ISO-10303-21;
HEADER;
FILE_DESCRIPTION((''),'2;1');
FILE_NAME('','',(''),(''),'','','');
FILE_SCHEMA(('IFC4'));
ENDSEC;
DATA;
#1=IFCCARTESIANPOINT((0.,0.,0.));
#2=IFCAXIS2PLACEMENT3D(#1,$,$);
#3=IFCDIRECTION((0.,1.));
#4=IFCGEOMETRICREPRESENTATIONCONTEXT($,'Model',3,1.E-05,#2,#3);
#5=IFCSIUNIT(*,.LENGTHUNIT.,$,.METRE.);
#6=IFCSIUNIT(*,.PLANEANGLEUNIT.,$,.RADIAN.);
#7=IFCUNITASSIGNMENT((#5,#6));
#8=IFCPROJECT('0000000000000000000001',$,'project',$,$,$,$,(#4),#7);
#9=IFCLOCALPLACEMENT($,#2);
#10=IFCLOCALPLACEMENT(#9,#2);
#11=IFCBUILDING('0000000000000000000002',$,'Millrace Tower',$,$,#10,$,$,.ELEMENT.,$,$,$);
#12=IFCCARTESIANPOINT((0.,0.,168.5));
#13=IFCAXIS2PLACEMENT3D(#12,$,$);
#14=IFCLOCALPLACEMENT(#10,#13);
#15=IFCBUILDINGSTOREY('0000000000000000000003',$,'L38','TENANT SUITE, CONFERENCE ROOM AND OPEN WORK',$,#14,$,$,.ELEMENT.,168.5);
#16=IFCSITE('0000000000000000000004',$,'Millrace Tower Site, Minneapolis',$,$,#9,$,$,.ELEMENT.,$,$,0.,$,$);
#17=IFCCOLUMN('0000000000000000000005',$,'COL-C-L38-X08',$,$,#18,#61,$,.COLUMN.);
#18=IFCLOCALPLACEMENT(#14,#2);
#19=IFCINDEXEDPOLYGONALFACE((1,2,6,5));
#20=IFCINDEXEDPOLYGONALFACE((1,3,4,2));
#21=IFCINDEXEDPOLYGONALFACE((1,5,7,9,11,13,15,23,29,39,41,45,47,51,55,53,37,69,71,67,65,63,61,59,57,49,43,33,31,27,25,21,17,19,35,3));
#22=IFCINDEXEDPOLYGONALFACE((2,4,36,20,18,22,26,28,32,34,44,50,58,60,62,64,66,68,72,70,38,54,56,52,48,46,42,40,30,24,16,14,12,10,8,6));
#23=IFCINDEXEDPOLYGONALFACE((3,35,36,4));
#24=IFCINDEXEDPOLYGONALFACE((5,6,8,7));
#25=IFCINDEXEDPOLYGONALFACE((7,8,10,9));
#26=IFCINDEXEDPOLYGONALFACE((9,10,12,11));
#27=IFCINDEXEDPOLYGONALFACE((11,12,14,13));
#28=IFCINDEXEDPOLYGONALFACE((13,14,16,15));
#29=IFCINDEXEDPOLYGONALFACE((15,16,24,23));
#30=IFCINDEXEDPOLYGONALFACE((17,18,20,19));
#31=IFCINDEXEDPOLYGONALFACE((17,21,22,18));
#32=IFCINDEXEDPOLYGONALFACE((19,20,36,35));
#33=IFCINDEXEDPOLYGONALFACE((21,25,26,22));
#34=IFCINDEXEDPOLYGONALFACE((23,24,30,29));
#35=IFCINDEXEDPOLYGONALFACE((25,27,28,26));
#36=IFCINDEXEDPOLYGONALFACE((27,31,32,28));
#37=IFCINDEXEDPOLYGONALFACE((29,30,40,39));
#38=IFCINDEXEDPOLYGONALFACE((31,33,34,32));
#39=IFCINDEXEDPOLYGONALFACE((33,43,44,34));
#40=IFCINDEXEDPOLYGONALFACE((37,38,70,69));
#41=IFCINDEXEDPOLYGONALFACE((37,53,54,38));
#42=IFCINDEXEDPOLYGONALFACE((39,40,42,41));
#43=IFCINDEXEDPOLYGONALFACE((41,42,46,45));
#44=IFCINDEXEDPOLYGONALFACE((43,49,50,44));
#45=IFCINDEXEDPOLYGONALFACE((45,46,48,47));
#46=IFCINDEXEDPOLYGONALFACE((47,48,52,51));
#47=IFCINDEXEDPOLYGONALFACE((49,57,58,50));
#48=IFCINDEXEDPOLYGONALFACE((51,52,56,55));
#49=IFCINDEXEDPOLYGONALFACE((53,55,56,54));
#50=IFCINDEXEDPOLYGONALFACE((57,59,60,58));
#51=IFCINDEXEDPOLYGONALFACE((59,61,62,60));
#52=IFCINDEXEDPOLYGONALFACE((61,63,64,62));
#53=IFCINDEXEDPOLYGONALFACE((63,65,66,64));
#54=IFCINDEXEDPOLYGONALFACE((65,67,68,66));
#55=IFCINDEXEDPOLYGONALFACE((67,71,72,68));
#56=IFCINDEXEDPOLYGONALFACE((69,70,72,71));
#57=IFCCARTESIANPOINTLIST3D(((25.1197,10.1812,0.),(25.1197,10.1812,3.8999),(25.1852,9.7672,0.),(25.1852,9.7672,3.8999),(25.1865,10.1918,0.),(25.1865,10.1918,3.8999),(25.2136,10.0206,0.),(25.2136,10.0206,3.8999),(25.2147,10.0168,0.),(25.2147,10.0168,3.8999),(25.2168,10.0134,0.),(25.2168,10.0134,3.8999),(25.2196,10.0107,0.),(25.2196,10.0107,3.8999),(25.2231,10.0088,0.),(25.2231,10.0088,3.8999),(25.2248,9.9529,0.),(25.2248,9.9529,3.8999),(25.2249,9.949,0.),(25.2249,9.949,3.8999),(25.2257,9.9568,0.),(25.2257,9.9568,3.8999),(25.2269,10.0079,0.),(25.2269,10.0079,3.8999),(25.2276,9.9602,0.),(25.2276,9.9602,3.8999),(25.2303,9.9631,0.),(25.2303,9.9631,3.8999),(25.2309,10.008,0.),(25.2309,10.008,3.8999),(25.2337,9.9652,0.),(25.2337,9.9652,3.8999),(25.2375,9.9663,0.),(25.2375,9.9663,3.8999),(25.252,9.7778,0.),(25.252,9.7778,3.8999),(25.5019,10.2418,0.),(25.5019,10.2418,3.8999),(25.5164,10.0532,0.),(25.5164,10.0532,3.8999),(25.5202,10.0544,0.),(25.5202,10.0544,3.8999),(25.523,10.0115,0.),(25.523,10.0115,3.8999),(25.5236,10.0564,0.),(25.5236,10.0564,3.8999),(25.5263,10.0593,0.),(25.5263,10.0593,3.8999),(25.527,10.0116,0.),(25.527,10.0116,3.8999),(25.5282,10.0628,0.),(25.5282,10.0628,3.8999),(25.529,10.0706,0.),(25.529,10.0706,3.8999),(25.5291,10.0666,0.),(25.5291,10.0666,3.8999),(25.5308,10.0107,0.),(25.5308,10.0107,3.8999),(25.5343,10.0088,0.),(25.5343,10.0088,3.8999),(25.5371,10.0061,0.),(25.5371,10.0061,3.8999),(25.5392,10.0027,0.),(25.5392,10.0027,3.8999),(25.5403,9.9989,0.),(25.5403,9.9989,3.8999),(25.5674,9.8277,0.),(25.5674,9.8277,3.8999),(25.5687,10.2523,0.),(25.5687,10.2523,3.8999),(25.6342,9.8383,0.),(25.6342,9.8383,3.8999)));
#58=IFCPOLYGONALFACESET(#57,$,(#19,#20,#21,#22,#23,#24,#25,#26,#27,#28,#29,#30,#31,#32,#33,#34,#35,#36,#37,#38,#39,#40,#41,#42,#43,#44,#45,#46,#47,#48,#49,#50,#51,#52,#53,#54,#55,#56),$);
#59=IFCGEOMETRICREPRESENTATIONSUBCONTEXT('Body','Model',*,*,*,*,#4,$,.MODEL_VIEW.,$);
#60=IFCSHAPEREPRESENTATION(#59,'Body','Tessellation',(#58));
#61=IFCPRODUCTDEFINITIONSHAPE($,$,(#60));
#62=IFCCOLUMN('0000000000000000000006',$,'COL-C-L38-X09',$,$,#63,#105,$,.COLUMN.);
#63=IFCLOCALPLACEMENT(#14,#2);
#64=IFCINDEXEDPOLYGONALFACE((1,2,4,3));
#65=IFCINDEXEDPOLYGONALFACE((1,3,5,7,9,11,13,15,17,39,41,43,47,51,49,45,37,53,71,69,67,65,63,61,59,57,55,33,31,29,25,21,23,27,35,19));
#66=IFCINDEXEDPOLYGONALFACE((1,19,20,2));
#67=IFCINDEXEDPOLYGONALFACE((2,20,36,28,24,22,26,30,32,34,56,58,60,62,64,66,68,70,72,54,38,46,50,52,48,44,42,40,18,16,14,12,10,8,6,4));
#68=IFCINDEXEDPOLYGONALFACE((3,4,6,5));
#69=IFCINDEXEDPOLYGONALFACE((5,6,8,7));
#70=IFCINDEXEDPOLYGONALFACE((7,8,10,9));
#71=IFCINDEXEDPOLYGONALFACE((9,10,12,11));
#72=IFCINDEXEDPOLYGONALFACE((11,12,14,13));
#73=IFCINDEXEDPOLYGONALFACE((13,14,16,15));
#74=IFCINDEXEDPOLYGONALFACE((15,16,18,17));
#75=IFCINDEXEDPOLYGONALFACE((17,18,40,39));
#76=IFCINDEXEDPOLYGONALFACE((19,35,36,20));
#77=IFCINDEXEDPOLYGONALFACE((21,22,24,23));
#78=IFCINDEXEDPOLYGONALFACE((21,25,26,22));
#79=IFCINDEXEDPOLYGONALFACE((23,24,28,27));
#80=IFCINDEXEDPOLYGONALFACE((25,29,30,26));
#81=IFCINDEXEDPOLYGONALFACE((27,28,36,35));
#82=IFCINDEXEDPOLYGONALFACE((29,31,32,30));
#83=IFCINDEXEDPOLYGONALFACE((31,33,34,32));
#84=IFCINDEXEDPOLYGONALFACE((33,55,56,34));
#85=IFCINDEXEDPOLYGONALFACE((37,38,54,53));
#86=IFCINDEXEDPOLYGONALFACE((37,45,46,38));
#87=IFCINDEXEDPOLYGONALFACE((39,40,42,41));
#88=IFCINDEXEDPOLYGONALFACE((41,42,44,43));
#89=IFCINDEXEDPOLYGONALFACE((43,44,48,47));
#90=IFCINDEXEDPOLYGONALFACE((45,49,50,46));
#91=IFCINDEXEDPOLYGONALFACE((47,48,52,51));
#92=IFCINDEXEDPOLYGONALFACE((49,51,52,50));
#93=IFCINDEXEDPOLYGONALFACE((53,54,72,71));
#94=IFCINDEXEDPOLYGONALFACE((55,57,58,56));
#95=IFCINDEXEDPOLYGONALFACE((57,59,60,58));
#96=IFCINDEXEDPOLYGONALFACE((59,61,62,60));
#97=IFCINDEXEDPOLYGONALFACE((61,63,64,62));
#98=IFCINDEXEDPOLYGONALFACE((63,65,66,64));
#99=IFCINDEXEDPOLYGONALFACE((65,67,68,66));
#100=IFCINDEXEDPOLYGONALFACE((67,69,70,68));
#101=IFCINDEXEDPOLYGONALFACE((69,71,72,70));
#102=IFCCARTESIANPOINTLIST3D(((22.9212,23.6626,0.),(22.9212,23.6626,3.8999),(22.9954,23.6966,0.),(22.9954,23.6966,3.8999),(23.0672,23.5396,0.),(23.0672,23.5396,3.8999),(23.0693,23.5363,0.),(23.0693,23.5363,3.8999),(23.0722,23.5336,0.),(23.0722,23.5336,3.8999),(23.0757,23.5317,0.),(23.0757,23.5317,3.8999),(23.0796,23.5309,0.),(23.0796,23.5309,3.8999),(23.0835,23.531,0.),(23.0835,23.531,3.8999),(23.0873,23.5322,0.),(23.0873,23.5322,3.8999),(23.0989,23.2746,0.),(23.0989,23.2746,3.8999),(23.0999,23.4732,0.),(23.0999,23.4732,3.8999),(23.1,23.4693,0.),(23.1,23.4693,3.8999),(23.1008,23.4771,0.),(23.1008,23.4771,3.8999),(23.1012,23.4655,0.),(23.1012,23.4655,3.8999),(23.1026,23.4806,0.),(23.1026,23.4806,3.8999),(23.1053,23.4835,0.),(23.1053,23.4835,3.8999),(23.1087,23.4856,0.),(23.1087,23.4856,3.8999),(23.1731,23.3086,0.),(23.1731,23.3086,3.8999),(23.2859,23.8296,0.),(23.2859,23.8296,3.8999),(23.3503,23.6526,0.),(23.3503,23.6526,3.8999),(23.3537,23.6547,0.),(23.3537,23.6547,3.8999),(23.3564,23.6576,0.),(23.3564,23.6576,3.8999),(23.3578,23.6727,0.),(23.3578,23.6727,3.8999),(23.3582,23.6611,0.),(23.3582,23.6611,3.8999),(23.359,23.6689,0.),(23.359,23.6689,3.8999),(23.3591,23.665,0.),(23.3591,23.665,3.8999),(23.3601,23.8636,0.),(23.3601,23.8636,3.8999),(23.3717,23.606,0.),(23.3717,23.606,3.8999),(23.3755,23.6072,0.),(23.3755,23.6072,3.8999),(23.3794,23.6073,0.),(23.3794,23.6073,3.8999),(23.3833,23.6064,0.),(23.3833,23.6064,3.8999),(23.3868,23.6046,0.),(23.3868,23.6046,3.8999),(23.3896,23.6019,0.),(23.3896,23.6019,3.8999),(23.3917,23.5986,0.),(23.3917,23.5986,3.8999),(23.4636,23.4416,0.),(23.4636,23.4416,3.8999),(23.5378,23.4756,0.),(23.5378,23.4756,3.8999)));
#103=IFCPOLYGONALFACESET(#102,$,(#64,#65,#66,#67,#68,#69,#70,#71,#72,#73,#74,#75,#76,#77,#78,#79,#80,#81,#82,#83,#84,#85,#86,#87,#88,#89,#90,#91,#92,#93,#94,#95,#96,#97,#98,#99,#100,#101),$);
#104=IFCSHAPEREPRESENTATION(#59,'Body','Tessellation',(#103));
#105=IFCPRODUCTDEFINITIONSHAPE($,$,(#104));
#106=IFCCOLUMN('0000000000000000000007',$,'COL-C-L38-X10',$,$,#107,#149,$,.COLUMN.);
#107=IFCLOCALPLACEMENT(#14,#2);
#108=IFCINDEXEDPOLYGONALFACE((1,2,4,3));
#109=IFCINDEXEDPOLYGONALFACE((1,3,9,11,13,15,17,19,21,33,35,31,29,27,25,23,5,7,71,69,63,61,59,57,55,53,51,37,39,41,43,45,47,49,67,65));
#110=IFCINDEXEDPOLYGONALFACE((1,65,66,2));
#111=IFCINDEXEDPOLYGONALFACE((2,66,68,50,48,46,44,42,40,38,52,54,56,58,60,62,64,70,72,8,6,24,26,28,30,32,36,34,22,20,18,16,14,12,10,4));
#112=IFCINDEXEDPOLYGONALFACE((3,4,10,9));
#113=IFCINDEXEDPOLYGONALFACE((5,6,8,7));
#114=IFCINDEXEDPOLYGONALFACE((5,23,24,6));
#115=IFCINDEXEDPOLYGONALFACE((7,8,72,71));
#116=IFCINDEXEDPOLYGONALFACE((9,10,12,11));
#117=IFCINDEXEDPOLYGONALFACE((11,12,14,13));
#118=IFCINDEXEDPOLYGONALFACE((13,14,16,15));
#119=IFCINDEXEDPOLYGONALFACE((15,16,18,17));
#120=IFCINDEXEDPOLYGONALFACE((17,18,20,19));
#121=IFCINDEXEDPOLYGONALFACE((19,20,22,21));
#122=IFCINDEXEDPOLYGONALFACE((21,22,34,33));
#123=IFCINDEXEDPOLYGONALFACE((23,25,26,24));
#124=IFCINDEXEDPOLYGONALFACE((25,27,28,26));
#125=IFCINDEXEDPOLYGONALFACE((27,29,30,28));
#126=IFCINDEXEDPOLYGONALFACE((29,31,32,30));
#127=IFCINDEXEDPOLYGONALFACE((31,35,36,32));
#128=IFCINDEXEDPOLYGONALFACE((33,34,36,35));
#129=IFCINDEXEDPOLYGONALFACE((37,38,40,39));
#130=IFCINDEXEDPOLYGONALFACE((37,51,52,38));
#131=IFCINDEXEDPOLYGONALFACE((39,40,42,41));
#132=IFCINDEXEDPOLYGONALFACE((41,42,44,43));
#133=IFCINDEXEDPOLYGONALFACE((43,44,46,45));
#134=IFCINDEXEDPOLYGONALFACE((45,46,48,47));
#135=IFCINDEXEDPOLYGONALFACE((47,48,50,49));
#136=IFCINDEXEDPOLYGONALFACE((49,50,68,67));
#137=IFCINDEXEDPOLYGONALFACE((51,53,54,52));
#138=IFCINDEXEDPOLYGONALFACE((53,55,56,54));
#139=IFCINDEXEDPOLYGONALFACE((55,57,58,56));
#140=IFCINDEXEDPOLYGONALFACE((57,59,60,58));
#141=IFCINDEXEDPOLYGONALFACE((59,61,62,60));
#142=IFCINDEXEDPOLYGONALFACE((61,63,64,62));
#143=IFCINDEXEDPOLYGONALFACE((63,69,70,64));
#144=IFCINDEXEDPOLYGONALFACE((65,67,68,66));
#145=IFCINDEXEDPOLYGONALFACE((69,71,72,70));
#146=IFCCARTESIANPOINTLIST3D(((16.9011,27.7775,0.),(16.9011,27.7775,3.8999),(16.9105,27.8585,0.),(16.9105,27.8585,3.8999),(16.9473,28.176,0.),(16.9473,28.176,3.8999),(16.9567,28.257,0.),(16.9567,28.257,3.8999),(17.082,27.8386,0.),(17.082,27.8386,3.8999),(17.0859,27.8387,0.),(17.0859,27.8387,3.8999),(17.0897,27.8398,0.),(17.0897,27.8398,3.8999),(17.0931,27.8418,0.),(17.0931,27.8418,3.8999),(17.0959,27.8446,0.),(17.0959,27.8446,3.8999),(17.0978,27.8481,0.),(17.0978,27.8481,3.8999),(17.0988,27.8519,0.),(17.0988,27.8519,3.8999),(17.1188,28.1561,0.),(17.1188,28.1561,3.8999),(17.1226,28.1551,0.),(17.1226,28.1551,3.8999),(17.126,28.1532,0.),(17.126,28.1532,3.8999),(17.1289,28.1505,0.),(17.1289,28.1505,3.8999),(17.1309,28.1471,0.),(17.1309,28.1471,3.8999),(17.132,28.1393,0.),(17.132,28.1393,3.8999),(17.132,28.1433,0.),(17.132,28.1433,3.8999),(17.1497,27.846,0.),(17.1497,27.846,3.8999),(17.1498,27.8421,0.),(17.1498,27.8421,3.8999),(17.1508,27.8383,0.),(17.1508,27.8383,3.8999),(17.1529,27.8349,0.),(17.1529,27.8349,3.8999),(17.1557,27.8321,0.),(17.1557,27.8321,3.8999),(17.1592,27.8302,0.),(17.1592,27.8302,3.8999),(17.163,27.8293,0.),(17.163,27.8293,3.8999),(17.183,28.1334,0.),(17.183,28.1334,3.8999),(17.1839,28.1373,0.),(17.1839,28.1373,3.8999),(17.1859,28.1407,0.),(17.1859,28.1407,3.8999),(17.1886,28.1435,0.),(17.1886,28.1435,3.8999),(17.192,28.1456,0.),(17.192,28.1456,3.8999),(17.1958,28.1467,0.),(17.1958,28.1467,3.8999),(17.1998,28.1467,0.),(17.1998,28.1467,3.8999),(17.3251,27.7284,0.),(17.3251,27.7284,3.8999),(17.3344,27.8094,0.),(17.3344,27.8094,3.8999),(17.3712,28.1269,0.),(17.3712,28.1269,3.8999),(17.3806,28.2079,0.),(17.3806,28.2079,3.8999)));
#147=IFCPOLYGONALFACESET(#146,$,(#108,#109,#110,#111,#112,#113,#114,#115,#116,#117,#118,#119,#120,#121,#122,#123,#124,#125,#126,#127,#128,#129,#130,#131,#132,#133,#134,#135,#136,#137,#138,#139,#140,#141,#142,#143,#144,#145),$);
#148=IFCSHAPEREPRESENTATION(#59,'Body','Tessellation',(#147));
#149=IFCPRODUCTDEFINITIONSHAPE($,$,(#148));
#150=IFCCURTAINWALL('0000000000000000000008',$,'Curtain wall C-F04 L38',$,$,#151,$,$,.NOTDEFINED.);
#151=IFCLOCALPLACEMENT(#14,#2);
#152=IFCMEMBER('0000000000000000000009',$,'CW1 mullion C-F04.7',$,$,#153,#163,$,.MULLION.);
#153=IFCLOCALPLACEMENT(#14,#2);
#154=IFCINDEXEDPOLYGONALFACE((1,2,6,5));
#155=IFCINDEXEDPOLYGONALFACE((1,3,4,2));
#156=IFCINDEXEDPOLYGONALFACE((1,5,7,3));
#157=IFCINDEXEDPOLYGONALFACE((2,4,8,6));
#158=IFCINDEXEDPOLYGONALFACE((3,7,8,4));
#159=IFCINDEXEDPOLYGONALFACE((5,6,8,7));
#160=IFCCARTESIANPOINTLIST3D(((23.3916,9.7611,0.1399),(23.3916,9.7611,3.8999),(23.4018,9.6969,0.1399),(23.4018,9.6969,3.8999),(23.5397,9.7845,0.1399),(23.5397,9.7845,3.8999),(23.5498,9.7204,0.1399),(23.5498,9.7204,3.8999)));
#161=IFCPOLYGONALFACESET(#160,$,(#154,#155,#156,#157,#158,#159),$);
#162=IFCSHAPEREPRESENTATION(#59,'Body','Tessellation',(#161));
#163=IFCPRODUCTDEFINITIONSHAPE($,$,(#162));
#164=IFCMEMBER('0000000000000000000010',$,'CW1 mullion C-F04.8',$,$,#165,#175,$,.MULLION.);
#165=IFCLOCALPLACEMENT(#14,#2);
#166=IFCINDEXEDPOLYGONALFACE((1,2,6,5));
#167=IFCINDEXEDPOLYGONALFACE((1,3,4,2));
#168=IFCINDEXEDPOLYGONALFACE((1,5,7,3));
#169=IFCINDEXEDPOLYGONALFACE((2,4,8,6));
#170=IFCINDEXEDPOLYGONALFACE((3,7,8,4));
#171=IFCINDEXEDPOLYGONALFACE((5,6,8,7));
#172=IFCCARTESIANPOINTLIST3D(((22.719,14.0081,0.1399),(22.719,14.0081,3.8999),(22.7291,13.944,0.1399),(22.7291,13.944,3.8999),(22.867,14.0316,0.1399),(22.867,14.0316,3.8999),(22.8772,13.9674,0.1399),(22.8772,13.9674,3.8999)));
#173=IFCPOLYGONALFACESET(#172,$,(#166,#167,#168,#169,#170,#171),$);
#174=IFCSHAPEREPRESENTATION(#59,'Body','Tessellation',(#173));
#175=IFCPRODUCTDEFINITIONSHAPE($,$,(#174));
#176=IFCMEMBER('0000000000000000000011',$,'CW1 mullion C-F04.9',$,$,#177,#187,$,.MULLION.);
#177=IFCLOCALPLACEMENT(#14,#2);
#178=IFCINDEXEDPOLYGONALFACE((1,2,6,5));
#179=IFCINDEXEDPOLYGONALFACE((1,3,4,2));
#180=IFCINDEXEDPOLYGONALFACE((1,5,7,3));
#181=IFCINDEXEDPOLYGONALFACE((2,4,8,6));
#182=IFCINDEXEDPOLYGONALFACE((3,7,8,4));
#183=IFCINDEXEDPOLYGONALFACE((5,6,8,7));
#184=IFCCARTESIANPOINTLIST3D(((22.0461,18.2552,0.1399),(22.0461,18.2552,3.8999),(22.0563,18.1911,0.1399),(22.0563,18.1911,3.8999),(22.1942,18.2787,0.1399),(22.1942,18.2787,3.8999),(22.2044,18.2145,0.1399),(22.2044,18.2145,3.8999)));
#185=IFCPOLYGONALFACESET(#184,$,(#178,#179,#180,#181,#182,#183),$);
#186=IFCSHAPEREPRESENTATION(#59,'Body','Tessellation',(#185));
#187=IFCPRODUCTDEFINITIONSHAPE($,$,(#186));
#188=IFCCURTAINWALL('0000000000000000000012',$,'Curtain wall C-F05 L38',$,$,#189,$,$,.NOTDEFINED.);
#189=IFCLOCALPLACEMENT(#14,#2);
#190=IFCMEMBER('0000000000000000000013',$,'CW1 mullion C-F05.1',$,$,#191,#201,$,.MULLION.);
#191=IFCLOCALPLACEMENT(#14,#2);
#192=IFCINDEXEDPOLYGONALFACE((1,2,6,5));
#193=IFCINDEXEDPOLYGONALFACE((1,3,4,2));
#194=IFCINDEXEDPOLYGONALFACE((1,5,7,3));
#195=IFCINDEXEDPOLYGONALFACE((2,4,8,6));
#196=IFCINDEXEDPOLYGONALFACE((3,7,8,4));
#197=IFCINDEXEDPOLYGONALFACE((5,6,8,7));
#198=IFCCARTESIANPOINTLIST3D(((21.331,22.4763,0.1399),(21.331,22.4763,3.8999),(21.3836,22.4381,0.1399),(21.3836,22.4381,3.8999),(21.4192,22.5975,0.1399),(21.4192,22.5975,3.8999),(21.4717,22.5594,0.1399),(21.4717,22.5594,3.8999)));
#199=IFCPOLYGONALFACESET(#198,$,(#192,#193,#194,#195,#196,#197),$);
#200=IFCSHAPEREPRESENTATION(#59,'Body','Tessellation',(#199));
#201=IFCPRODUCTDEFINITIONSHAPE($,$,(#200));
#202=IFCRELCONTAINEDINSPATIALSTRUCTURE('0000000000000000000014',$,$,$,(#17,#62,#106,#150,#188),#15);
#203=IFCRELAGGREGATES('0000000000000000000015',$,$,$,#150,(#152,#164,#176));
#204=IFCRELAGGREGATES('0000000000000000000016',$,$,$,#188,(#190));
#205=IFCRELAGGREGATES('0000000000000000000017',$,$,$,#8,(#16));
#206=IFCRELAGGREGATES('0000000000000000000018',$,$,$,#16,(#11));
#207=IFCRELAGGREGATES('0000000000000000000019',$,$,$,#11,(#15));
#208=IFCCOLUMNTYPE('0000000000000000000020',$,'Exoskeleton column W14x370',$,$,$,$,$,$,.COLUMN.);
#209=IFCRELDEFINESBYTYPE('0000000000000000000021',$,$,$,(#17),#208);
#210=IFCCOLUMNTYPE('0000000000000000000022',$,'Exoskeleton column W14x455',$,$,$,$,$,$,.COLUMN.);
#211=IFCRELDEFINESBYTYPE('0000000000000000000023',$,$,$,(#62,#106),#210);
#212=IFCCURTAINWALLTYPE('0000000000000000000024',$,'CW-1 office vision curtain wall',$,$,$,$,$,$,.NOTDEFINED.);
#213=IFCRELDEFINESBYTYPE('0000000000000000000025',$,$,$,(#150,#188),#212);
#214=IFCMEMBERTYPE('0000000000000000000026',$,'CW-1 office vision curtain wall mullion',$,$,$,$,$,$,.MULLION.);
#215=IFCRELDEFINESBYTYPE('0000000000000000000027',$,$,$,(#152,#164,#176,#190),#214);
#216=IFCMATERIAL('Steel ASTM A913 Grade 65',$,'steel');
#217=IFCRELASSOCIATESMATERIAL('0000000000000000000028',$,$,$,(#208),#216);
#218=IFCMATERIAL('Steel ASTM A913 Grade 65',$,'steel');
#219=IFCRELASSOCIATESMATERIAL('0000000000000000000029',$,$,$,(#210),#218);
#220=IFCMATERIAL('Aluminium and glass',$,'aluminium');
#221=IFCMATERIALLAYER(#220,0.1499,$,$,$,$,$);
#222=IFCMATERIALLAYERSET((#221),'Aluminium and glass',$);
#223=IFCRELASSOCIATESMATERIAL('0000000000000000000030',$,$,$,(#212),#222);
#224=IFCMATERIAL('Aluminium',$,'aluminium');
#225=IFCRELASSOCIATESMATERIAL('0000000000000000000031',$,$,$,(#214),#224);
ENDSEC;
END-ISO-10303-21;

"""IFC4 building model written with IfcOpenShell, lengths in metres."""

from ifc_helpers import new_model, si_unit, direction, frame, origin, origin_2d, place, context, subcontext, project, spatial, rectangle, i_section, extrude, material, layer, layer_set, material_profile, profile_set, type_object, element, aggregate, save


model = new_model("IFC4")

# Units and contexts
model_context = context("Model", 3, precision=1e-05, world=origin(), true_north=direction((0.0, 1.0)))
body_context = subcontext(model_context, "Body", "Model", "MODEL_VIEW")
ifc_project = project(units=[si_unit("LENGTHUNIT", "METRE"), si_unit("PLANEANGLEUNIT", "RADIAN")], contexts=[model_context])

# Site, building, storey
site_placement = place(None, origin())
site = spatial("IfcSite", under=ifc_project, at=site_placement, Name="Millrace Tower Site, Minneapolis", CompositionType="ELEMENT", RefElevation=0.0)
building_placement = place(site_placement, origin())
building = spatial("IfcBuilding", under=site, at=building_placement, Name="Millrace Tower", CompositionType="ELEMENT")
storey_placement = place(building_placement, frame((0.0, 0.0, 168.5)))
storey = spatial("IfcBuildingStorey", under=building, at=storey_placement, Name="L38", Description="TENANT SUITE, CONFERENCE ROOM AND OPEN WORK", CompositionType="ELEMENT", Elevation=168.5)

# Columns
ifc_material_1 = material(Name="Steel ASTM A913 Grade 65", Category="steel")
ifc_material_profile_1 = material_profile(ifc_material_1, i_section(OverallWidth=0.4192, OverallDepth=0.4546, WebThickness=0.0422, FlangeThickness=0.0676, FilletRadius=0.0151, at=origin_2d()))
ifc_profile_set_1 = profile_set([ifc_material_profile_1], Name="Steel ASTM A913 Grade 65")
column_type_1 = type_object("IfcColumnType", Name="Exoskeleton column W14x370", PredefinedType="COLUMN", material=ifc_profile_set_1)
column_placement = place(storey_placement, frame((25.377, 10.0098, 0.0), z_axis=(0.0, 0.0, 1.0), x_axis=(-0.156434, 0.987688, 0.0)))
element("IfcColumn", 1, at=column_placement, inside=storey, type_object=column_type_1, Name="COL-C-L38-X08", PredefinedType="COLUMN", context=body_context, shape_type="SweptSolid", body=[
    extrude(i_section(OverallWidth=0.4192, OverallDepth=0.4546, WebThickness=0.0422, FlangeThickness=0.0676, FilletRadius=0.0151, at=origin_2d()), origin(), (0.0, 0.0, 1.0), 3.8999),
])
ifc_material_2 = material(Name="Steel ASTM A913 Grade 65", Category="steel")
ifc_material_profile_2 = material_profile(ifc_material_2, i_section(OverallWidth=0.4268, OverallDepth=0.4827, WebThickness=0.0513, FlangeThickness=0.0815, FilletRadius=0.0151, at=origin_2d()))
ifc_profile_set_2 = profile_set([ifc_material_profile_2], Name="Steel ASTM A913 Grade 65")
column_type_2 = type_object("IfcColumnType", Name="Exoskeleton column W14x455", PredefinedType="COLUMN", material=ifc_profile_set_2)
for number, where, z_axis, x_axis, name in (
    (2, (23.2295, 23.5691, 0.0), (0.0, 0.0, 1.0), (-0.416401, 0.909181, 0.0), "COL-C-L38-X09"),
    (3, (17.1409, 27.9927, 0.0), (0.0, 0.0, 1.0), (-0.993358, 0.115069, 0.0), "COL-C-L38-X10"),
):
    element("IfcColumn", number, at=place(storey_placement, frame(where, z_axis=z_axis, x_axis=x_axis)), inside=storey, type_object=column_type_2, Name=name, PredefinedType="COLUMN", context=body_context, shape_type="SweptSolid", body=[
        extrude(i_section(OverallWidth=0.4268, OverallDepth=0.4827, WebThickness=0.0513, FlangeThickness=0.0815, FilletRadius=0.0151, at=origin_2d()), origin(), (0.0, 0.0, 1.0), 3.8999),
    ])

# Curtain wall, members
ifc_material_3 = material(Name="Aluminium and glass", Category="aluminium")
ifc_layer_1 = layer(ifc_material_3, 0.1499)
ifc_layer_set_1 = layer_set([ifc_layer_1], Name="Aluminium and glass")
curtain_wall_type = type_object("IfcCurtainWallType", Name="CW-1 office vision curtain wall", PredefinedType="NOTDEFINED", material=ifc_layer_set_1)
placement = place(storey_placement, origin())
curtain_wall_1 = element("IfcCurtainWall", 4, at=placement, inside=storey, type_object=curtain_wall_type, Name="Curtain wall C-F04 L38", PredefinedType="NOTDEFINED")
ifc_material_4 = material(Name="Aluminium", Category="aluminium")
ifc_material_profile_3 = material_profile(ifc_material_4, rectangle(XDim=0.0649, YDim=0.1499, at=origin_2d()))
ifc_profile_set_3 = profile_set([ifc_material_profile_3], Name="Aluminium")
member_type_1 = type_object("IfcMemberType", Name="CW-1 office vision curtain wall mullion", PredefinedType="MULLION", material=ifc_profile_set_3)
member_1_placement = place(storey_placement, frame((23.4707, 9.7407, 0.1399), z_axis=(0.0, 0.0, 1.0), x_axis=(-0.156434, 0.987688, 0.0)))
member_1 = element("IfcMember", 5, at=member_1_placement, type_object=member_type_1, Name="CW1 mullion C-F04.7", PredefinedType="MULLION", context=body_context, shape_type="SweptSolid", body=[
    extrude(rectangle(XDim=0.0649, YDim=0.1499, at=origin_2d()), origin(), (0.0, 0.0, 1.0), 3.76),
])
member_2_placement = place(storey_placement, frame((22.7981, 13.9878, 0.1399), z_axis=(0.0, 0.0, 1.0), x_axis=(-0.156434, 0.987688, 0.0)))
member_2 = element("IfcMember", 6, at=member_2_placement, type_object=member_type_1, Name="CW1 mullion C-F04.8", PredefinedType="MULLION", context=body_context, shape_type="SweptSolid", body=[
    extrude(rectangle(XDim=0.0649, YDim=0.1499, at=origin_2d()), origin(), (0.0, 0.0, 1.0), 3.76),
])
member_3_placement = place(storey_placement, frame((22.1252, 18.2349, 0.1399), z_axis=(0.0, 0.0, 1.0), x_axis=(-0.156434, 0.987688, 0.0)))
member_3 = element("IfcMember", 7, at=member_3_placement, type_object=member_type_1, Name="CW1 mullion C-F04.9", PredefinedType="MULLION", context=body_context, shape_type="SweptSolid", body=[
    extrude(rectangle(XDim=0.0649, YDim=0.1499, at=origin_2d()), origin(), (0.0, 0.0, 1.0), 3.76),
])
aggregate(curtain_wall_1, [member_1, member_2, member_3])

# Curtain wall, member
curtain_wall_2 = element("IfcCurtainWall", 8, at=placement, inside=storey, type_object=curtain_wall_type, Name="Curtain wall C-F05 L38", PredefinedType="NOTDEFINED")
member_4_placement = place(storey_placement, frame((21.4014, 22.5178, 0.1399), z_axis=(0.0, 0.0, 1.0), x_axis=(-0.809017, 0.587785, 0.0)))
member_4 = element("IfcMember", 9, at=member_4_placement, type_object=member_type_1, Name="CW1 mullion C-F05.1", PredefinedType="MULLION", context=body_context, shape_type="SweptSolid", body=[
    extrude(rectangle(XDim=0.0649, YDim=0.1499, at=origin_2d()), origin(), (0.0, 0.0, 1.0), 3.76),
])

aggregate(curtain_wall_2, [member_4])

save(model, "model.ifc")
